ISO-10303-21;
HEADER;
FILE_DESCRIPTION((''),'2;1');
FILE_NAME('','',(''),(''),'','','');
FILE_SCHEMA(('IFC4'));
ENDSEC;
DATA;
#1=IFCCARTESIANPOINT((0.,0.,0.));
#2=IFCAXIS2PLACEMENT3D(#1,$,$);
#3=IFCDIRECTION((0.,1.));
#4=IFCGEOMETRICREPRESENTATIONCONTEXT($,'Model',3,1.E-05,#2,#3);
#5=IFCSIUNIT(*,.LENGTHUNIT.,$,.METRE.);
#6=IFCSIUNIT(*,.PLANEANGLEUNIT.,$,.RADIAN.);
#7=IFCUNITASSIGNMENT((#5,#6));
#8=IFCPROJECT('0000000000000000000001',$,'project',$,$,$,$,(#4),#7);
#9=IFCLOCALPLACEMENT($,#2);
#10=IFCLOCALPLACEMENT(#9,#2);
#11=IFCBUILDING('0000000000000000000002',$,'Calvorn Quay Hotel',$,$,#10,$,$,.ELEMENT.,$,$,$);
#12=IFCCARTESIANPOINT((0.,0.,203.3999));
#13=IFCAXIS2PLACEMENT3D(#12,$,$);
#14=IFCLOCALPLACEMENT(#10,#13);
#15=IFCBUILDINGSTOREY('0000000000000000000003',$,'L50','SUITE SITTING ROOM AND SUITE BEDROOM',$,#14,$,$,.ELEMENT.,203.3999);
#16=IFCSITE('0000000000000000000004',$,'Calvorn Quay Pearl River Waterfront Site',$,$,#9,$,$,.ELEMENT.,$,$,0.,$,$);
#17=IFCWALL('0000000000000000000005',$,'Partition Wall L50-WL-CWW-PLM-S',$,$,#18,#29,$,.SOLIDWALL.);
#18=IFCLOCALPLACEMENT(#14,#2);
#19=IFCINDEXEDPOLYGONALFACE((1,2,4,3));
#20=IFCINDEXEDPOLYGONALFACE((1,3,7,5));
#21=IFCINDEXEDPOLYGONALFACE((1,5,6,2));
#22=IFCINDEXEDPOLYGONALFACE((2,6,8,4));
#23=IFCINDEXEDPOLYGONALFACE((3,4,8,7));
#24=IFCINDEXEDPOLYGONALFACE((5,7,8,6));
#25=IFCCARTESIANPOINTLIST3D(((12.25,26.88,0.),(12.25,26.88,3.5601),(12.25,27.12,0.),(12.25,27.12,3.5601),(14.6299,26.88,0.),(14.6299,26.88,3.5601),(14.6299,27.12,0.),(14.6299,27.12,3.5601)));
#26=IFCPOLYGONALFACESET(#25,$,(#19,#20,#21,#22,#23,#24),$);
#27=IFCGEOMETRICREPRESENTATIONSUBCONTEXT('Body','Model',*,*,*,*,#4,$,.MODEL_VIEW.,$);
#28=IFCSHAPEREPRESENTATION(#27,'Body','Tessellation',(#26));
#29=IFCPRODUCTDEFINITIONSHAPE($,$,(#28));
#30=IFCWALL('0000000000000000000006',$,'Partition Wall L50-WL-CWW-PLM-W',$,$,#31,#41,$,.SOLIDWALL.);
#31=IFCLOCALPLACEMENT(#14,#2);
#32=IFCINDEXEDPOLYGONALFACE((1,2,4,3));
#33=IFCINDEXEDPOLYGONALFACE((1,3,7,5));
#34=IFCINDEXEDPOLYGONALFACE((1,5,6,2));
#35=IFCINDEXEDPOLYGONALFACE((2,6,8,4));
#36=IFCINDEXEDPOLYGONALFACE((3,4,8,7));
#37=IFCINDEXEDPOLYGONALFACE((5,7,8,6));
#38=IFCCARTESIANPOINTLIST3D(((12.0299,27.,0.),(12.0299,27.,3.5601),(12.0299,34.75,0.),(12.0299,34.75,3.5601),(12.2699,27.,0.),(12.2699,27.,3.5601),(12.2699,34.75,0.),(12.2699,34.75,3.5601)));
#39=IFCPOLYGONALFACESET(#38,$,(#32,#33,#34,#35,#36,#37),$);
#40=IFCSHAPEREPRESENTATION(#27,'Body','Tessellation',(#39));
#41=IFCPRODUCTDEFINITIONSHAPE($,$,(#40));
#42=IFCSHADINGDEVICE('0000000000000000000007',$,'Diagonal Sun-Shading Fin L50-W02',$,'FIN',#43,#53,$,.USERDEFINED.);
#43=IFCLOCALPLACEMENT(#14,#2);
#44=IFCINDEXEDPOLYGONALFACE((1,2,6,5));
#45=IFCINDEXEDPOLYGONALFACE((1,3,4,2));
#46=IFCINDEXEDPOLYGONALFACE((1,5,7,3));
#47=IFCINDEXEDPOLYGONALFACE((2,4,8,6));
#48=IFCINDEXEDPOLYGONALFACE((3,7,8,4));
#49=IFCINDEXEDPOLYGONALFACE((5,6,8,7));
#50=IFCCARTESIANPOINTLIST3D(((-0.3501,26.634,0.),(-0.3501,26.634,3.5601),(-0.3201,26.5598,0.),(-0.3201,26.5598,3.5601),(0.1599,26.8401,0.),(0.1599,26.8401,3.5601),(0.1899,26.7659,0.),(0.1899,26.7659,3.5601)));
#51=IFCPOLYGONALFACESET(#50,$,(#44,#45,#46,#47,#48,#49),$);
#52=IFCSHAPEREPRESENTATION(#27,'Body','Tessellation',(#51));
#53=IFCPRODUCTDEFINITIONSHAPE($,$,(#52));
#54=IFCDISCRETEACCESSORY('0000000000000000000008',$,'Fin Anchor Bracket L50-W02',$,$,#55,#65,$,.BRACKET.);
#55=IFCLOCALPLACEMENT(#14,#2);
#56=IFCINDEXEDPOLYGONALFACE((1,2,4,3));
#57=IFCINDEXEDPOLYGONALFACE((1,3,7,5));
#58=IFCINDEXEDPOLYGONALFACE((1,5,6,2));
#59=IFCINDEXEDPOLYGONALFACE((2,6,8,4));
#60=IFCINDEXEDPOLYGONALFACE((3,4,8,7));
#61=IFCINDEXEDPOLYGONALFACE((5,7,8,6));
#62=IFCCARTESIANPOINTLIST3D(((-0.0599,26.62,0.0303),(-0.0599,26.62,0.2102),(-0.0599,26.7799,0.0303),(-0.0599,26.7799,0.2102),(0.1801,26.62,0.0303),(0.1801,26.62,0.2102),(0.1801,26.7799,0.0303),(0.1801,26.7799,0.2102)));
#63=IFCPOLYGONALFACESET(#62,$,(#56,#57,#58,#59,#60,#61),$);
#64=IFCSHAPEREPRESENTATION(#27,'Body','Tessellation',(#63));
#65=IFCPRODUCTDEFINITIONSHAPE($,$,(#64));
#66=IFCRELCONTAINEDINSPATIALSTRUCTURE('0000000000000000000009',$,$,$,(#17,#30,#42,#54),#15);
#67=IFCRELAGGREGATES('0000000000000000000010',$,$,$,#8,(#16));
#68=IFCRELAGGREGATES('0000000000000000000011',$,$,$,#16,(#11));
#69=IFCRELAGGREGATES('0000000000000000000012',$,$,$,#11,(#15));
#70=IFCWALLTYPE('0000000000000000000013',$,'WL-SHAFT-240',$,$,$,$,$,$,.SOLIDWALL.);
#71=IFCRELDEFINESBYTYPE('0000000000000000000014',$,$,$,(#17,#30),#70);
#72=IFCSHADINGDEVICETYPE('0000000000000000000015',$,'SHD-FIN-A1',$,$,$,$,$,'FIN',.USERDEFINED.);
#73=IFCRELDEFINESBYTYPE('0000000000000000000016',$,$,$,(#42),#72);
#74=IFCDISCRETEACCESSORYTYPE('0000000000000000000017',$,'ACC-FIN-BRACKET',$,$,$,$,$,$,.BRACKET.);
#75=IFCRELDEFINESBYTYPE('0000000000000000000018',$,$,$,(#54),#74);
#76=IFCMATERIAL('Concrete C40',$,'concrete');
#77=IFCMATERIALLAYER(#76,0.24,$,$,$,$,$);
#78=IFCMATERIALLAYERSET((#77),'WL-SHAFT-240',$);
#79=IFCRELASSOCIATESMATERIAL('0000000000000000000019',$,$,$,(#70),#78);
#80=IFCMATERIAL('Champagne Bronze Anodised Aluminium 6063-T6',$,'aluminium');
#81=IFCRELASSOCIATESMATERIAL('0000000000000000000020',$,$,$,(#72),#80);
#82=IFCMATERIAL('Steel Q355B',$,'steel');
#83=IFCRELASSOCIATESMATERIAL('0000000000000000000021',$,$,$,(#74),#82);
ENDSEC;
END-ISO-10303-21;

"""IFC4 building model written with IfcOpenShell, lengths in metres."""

from ifc_helpers import new_model, si_unit, direction, frame, frame_2d, origin, origin_2d, place, context, subcontext, project, spatial, rectangle, extrude, material, layer, layer_set, type_object, element, save


model = new_model("IFC4")

# Units and contexts
model_context = context("Model", 3, precision=1e-05, world=origin(), true_north=direction((0.0, 1.0)))
body_context = subcontext(model_context, "Body", "Model", "MODEL_VIEW")
ifc_project = project(units=[si_unit("LENGTHUNIT", "METRE"), si_unit("PLANEANGLEUNIT", "RADIAN")], contexts=[model_context])

# Site, building, storey
site_placement = place(None, origin())
site = spatial("IfcSite", under=ifc_project, at=site_placement, Name="Calvorn Quay Pearl River Waterfront Site", CompositionType="ELEMENT", RefElevation=0.0)
building_placement = place(site_placement, origin())
building = spatial("IfcBuilding", under=site, at=building_placement, Name="Calvorn Quay Hotel", CompositionType="ELEMENT")
storey_placement = place(building_placement, frame((0.0, 0.0, 203.3999)))
storey = spatial("IfcBuildingStorey", under=building, at=storey_placement, Name="L50", Description="SUITE SITTING ROOM AND SUITE BEDROOM", CompositionType="ELEMENT", Elevation=203.3999)

# Shared definitions
ifc_material_1 = material(Name="Concrete C40", Category="concrete")
ifc_layer_1 = layer(ifc_material_1, 0.24)
ifc_layer_set_1 = layer_set([ifc_layer_1], Name="WL-SHAFT-240")
wall_type_1 = type_object("IfcWallType", Name="WL-SHAFT-240", PredefinedType="SOLIDWALL", material=ifc_layer_set_1)

# Walls
wall_1_placement = place(storey_placement, frame((12.25, 27.0, 0.0), z_axis=(0.0, 0.0, 1.0), x_axis=(1.0, 0.0, 0.0)))
element("IfcWall", 1, at=wall_1_placement, inside=storey, type_object=wall_type_1, Name="Partition Wall L50-WL-CWW-PLM-S", PredefinedType="SOLIDWALL", context=body_context, shape_type="SweptSolid", body=[
    extrude(rectangle(XDim=2.3799, YDim=0.24, at=frame_2d((1.1899, 0.0))), origin(), (0.0, 0.0, 1.0), 3.5601),
])
wall_2_placement = place(storey_placement, frame((12.1499, 27.0, 0.0), z_axis=(0.0, 0.0, 1.0), x_axis=(0.0, 1.0, 0.0)))
element("IfcWall", 2, at=wall_2_placement, inside=storey, type_object=wall_type_1, Name="Partition Wall L50-WL-CWW-PLM-W", PredefinedType="SOLIDWALL", context=body_context, shape_type="SweptSolid", body=[
    extrude(rectangle(XDim=7.75, YDim=0.24, at=frame_2d((3.875, 0.0))), origin(), (0.0, 0.0, 1.0), 3.5601),
])

# Shading device
ifc_material_2 = material(Name="Champagne Bronze Anodised Aluminium 6063-T6", Category="aluminium")
shading_device_type = type_object("IfcShadingDeviceType", Name="SHD-FIN-A1", ElementType="FIN", PredefinedType="USERDEFINED", material=ifc_material_2)
shading_device_placement = place(storey_placement, frame((-0.0801, 26.7, 0.0), z_axis=(0.0, 0.0, 1.0), x_axis=(0.927184, 0.374607, 0.0)))
element("IfcShadingDevice", 3, at=shading_device_placement, inside=storey, type_object=shading_device_type, Name="Diagonal Sun-Shading Fin L50-W02", ObjectType="FIN", PredefinedType="USERDEFINED", context=body_context, shape_type="SweptSolid", body=[
    extrude(rectangle(XDim=0.55, YDim=0.0801, at=origin_2d()), origin(), (0.0, 0.0, 1.0), 3.5601),
])

# Discrete accessory
ifc_material_3 = material(Name="Steel Q355B", Category="steel")
discrete_accessory_type = type_object("IfcDiscreteAccessoryType", Name="ACC-FIN-BRACKET", PredefinedType="BRACKET", material=ifc_material_3)
discrete_accessory_placement = place(storey_placement, frame((0.0601, 26.7, 0.0303), z_axis=(0.0, 0.0, 1.0), x_axis=(1.0, 0.0, 0.0)))
element("IfcDiscreteAccessory", 4, at=discrete_accessory_placement, inside=storey, type_object=discrete_accessory_type, Name="Fin Anchor Bracket L50-W02", PredefinedType="BRACKET", context=body_context, shape_type="SweptSolid", body=[
    extrude(rectangle(XDim=0.24, YDim=0.1599, at=origin_2d()), origin(), (0.0, 0.0, 1.0), 0.1799),
])

save(model, "model.ifc")
